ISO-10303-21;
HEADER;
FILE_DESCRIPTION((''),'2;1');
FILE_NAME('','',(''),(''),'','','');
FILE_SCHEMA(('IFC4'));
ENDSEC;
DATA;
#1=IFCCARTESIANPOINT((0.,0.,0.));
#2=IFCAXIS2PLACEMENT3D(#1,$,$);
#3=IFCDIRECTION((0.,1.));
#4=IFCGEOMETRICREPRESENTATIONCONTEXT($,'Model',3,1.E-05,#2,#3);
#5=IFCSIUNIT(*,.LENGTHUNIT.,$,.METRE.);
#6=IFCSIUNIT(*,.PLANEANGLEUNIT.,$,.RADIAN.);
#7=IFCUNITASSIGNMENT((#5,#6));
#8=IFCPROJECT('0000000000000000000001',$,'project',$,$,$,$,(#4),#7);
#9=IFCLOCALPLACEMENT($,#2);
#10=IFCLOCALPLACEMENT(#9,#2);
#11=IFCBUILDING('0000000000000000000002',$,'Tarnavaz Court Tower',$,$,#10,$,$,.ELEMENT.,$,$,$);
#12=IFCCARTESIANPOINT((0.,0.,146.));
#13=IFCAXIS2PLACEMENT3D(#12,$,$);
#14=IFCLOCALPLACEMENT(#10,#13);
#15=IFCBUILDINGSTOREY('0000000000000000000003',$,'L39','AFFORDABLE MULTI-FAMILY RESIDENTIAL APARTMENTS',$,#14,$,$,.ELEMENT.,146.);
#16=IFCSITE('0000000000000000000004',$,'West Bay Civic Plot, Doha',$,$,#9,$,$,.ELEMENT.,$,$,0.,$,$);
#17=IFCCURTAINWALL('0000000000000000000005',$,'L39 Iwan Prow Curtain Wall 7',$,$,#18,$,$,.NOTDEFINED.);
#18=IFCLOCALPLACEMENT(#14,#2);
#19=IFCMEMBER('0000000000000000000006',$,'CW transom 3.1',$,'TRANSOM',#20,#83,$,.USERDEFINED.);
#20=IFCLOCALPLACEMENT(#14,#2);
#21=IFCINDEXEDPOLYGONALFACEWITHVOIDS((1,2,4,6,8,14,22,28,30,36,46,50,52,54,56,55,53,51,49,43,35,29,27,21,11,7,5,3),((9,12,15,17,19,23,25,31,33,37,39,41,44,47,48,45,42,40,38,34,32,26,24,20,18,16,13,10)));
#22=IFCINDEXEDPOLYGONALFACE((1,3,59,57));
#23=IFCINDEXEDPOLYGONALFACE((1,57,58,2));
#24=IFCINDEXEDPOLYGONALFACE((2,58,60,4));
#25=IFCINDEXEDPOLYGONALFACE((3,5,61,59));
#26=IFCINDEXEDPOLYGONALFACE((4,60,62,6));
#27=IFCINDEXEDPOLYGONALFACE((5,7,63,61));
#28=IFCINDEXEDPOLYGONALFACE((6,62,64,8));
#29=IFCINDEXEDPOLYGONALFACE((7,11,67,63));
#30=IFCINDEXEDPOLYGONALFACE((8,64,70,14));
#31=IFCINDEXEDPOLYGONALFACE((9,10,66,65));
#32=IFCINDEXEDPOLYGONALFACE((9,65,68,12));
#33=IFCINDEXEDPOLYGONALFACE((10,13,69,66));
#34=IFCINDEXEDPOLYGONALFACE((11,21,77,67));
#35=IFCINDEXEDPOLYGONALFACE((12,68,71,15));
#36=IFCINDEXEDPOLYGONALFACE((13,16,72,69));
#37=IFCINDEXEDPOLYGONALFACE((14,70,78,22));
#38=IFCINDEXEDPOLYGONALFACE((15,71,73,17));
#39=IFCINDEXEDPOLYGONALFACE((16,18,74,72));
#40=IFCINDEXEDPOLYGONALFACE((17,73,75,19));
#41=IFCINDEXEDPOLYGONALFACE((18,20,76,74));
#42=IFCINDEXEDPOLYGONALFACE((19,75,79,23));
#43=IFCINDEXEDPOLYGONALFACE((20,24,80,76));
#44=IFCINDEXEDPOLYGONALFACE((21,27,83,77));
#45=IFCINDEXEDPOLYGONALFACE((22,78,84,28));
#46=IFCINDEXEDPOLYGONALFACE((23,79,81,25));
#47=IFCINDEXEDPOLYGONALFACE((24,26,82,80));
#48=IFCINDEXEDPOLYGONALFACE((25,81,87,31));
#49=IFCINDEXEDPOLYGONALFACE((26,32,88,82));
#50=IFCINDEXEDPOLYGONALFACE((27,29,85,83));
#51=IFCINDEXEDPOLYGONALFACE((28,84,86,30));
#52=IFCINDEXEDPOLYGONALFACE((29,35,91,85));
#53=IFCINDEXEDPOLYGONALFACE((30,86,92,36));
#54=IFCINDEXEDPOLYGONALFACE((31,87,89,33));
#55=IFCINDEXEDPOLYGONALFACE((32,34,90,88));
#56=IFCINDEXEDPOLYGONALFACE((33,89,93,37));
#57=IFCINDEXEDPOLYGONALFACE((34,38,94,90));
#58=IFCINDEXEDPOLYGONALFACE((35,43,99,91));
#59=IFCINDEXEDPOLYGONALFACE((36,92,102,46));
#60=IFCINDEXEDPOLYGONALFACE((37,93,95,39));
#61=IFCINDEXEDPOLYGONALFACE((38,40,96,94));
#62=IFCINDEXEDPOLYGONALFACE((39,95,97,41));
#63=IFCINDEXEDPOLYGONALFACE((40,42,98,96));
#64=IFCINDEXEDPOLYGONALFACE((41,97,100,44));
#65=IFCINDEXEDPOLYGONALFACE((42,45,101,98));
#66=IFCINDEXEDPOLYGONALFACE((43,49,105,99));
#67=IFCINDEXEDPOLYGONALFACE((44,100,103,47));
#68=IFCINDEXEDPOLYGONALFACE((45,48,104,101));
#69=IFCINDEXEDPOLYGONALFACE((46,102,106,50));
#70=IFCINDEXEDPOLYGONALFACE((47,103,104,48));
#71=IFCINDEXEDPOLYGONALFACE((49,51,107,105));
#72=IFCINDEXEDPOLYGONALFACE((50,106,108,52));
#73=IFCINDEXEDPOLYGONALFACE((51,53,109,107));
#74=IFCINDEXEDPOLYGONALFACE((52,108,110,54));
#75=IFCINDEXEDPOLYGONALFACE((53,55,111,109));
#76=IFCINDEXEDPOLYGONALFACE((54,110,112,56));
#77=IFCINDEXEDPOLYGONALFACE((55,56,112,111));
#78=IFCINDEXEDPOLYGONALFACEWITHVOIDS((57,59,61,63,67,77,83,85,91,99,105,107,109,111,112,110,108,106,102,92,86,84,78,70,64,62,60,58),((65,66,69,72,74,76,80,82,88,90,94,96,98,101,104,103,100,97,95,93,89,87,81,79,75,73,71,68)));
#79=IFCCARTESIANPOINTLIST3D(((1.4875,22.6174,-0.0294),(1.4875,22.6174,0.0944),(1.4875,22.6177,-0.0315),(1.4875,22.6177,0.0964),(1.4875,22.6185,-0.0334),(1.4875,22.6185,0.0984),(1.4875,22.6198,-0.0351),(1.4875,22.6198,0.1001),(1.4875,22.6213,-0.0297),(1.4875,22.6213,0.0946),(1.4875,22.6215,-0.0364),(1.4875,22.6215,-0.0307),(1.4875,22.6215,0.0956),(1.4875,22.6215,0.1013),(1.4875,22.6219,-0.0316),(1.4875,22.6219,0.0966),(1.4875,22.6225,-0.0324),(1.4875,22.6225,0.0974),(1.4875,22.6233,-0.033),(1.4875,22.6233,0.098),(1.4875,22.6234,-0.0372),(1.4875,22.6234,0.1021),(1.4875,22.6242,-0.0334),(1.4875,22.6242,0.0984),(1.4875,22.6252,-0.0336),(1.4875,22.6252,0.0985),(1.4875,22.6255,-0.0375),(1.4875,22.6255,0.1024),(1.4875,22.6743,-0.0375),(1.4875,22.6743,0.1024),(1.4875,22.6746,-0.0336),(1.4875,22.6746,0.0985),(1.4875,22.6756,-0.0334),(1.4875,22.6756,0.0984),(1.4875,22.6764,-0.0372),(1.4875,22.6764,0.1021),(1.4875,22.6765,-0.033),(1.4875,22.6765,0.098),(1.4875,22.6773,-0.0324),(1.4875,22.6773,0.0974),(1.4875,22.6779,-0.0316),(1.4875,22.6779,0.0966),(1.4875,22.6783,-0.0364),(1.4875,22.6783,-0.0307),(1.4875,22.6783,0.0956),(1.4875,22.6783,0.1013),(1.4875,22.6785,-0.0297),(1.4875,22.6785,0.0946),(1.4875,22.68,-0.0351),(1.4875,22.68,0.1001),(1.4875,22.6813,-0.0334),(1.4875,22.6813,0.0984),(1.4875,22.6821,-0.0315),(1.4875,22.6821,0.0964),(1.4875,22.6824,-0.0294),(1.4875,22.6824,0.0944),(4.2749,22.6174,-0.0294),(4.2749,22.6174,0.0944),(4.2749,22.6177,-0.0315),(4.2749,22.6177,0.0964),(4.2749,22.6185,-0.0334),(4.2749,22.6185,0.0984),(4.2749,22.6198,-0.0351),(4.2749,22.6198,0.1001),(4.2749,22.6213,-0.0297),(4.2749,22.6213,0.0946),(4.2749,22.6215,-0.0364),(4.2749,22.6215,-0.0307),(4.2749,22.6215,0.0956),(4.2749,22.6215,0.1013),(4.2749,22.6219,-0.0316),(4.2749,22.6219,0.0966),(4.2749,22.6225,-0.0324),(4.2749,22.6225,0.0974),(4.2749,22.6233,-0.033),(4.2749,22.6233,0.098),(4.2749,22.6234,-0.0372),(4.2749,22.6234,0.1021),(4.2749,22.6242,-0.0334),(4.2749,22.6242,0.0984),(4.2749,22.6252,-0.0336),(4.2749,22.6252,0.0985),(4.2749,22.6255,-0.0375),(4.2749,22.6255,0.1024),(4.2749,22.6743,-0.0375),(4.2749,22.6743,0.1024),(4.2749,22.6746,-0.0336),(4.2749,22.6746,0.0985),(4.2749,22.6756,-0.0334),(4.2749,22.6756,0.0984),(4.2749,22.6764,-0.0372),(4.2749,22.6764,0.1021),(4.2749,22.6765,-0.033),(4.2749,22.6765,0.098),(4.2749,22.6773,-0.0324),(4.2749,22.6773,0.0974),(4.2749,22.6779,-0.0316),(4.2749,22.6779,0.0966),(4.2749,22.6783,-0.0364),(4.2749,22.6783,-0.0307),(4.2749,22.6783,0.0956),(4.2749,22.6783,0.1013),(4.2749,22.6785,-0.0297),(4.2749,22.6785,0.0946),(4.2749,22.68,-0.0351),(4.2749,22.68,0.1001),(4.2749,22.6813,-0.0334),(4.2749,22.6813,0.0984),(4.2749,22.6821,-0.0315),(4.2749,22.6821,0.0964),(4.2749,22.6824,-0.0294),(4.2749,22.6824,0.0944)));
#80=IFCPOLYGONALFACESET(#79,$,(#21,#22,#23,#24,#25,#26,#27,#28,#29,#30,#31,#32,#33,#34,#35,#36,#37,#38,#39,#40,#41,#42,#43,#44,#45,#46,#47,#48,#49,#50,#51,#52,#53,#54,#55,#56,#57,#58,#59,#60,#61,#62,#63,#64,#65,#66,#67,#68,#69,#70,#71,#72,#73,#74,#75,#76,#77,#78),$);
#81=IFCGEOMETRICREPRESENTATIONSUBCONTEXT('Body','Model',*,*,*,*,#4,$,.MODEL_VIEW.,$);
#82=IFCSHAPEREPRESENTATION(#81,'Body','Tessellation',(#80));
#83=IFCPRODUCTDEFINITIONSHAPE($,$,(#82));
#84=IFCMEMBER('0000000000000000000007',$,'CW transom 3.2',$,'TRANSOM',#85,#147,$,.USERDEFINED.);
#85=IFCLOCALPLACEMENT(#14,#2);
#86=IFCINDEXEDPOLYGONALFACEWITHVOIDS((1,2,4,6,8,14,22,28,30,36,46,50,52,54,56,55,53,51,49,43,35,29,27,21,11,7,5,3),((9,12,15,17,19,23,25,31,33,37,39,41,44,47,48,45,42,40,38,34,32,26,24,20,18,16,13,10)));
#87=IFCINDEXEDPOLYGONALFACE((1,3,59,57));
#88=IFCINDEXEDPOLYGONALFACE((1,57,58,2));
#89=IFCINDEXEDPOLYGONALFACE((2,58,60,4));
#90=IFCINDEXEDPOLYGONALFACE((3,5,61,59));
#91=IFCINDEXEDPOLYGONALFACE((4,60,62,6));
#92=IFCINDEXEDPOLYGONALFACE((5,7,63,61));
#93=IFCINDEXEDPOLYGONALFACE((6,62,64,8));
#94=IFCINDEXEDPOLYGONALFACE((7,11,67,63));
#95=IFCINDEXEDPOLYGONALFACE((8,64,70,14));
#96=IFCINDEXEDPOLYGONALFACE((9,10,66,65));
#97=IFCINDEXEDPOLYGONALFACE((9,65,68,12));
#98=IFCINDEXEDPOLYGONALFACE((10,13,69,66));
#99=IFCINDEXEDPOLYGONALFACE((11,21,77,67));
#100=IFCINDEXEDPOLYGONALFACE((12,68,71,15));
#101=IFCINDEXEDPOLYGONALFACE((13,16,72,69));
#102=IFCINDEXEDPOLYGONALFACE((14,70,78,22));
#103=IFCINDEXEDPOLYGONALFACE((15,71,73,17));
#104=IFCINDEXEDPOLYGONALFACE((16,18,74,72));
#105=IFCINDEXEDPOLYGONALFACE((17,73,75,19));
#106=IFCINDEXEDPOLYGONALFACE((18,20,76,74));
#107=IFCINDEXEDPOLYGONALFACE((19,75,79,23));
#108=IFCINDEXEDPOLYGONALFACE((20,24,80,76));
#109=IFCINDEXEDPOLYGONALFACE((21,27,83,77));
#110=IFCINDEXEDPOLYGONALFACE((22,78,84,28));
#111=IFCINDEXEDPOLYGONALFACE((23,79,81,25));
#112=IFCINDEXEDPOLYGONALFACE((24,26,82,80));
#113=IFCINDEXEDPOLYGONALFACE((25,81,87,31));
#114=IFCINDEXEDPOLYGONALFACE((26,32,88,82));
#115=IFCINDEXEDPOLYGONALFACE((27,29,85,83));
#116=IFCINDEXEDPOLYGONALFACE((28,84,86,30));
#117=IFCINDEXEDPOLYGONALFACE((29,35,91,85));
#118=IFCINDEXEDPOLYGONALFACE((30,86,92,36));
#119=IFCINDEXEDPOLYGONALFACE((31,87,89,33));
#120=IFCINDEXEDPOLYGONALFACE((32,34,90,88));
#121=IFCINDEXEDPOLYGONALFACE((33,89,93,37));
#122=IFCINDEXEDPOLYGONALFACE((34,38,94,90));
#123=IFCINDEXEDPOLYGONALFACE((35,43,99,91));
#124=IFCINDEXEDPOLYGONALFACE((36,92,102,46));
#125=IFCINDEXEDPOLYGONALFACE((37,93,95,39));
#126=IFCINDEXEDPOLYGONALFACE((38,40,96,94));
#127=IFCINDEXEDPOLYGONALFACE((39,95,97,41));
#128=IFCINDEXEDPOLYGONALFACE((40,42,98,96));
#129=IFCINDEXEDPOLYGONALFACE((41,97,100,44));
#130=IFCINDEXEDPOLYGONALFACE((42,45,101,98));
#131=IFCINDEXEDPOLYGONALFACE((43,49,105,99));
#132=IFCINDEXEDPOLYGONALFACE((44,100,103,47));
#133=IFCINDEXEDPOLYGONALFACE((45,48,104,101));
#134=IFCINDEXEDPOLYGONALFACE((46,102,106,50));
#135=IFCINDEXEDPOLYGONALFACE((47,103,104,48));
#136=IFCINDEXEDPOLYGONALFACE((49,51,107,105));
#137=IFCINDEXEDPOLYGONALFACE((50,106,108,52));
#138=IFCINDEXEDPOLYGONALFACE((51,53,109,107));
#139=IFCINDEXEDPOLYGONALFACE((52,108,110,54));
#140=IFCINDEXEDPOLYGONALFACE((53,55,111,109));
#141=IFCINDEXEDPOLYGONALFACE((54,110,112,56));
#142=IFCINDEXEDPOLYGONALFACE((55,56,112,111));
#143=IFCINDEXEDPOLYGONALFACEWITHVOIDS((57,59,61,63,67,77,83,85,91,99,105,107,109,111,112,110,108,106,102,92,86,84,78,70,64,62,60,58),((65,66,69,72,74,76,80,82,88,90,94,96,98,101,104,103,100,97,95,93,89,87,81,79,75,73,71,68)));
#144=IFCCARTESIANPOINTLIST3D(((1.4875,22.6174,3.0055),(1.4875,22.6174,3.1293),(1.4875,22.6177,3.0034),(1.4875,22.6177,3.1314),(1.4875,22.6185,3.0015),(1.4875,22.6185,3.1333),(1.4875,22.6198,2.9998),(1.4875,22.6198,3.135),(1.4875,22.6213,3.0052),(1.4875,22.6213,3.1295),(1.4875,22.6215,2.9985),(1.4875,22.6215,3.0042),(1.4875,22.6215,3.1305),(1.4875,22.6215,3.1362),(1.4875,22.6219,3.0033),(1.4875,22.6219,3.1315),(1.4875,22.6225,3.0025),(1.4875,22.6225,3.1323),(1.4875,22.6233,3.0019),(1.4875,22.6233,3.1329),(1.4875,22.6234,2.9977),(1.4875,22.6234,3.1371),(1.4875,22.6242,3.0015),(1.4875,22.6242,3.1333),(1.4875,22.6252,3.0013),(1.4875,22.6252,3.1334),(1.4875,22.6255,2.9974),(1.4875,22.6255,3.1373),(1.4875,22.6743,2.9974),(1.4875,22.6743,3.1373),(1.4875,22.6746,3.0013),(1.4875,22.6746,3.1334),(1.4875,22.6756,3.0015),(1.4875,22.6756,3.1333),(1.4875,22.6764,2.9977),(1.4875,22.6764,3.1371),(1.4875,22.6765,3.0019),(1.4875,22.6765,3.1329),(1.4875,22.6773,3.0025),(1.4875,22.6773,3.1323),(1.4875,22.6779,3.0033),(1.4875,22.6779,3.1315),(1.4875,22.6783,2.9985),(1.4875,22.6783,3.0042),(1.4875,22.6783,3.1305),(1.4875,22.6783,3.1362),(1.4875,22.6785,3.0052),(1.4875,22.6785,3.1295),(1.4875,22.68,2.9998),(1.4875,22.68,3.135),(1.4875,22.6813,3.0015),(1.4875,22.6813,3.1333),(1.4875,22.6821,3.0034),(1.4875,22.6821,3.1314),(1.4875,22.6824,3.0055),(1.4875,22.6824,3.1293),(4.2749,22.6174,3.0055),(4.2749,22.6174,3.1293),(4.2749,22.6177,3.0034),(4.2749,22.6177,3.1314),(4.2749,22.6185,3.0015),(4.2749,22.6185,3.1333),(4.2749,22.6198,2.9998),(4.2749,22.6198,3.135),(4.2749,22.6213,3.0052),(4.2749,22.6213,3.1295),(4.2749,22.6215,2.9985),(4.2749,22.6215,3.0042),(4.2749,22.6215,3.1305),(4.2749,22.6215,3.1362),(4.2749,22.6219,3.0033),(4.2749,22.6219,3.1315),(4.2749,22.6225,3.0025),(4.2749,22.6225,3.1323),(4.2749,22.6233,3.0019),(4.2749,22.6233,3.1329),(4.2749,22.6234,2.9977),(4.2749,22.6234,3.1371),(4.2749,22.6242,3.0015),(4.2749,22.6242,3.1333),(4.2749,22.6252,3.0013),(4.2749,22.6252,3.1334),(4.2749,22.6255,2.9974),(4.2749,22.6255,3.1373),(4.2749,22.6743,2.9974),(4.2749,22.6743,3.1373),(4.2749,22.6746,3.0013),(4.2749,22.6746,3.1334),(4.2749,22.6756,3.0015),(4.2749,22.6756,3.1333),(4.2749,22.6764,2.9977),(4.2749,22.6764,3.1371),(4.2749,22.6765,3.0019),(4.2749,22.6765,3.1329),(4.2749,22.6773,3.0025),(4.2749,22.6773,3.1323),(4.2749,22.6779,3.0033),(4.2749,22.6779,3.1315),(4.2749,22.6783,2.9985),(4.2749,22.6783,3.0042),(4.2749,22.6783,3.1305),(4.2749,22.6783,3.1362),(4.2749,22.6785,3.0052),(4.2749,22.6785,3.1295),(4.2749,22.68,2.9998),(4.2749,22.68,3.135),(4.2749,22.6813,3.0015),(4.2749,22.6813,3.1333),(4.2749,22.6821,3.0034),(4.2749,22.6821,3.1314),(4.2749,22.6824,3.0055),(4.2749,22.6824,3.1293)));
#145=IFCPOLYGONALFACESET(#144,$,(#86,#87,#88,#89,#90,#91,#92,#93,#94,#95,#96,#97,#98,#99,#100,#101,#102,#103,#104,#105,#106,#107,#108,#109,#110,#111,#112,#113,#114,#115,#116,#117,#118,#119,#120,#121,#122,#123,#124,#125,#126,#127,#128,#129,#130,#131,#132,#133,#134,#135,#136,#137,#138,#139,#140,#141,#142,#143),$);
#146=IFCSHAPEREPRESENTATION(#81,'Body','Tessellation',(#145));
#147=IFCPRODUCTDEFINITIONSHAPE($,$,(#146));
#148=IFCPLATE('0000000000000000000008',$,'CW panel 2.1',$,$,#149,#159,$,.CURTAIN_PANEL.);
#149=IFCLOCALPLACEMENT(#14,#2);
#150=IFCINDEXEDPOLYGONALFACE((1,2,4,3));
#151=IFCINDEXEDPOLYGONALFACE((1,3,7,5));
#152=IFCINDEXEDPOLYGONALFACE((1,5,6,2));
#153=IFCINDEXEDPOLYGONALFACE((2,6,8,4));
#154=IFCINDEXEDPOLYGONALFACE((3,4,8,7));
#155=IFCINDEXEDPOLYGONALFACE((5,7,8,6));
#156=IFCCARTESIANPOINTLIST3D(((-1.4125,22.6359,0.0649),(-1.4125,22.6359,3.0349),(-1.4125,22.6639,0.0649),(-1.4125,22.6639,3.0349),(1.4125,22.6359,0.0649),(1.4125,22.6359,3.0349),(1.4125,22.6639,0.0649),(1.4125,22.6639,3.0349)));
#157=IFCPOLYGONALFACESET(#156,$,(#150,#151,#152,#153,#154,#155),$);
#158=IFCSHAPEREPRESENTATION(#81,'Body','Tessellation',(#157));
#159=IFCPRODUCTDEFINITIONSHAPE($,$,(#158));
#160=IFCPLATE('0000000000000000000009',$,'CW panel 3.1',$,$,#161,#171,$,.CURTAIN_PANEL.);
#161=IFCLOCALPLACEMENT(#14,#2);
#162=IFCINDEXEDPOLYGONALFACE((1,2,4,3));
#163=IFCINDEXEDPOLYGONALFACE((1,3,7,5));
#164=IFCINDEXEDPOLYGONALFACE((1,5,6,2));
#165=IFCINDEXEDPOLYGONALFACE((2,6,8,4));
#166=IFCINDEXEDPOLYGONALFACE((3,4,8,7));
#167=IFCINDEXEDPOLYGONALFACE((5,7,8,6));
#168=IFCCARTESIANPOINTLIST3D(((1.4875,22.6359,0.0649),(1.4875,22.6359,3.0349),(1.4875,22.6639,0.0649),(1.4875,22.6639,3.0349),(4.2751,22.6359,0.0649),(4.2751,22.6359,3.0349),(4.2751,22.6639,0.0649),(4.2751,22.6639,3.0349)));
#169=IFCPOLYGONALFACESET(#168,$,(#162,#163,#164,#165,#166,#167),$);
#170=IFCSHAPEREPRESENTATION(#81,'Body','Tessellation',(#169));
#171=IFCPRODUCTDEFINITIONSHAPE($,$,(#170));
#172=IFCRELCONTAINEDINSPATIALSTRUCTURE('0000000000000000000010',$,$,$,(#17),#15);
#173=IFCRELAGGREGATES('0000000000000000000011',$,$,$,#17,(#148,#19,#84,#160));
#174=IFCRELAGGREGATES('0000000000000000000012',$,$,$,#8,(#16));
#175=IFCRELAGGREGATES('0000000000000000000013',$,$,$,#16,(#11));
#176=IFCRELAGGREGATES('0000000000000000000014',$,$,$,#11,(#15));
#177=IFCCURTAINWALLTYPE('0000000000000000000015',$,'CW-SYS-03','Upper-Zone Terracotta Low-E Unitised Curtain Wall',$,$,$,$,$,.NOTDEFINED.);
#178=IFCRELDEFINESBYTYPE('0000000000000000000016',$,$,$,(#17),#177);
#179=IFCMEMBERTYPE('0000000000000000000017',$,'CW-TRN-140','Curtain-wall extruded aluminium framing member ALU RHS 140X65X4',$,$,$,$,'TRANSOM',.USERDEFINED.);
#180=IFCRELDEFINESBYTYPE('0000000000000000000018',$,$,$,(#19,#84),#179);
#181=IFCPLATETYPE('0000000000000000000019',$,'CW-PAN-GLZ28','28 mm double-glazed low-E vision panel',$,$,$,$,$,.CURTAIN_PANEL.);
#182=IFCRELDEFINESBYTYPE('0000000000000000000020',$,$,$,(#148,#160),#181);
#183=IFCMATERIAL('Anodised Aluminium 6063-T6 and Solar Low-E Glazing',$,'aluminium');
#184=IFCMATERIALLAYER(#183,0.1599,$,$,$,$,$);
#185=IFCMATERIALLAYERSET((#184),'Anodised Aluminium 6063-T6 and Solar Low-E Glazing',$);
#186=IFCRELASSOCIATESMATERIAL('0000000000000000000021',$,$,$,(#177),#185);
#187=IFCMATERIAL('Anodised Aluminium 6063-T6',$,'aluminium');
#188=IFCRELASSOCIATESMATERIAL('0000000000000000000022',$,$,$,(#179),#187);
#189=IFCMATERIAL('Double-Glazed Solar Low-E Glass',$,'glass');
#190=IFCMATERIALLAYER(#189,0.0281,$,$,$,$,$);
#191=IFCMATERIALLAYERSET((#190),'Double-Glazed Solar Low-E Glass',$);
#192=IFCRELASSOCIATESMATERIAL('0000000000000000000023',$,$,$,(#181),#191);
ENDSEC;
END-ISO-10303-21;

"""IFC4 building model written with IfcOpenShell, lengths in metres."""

from ifc_helpers import new_model, si_unit, direction, frame, origin, origin_2d, place, context, subcontext, project, spatial, rectangle, hollow_rectangle, extrude, material, layer, layer_set, material_profile, profile_set, type_object, element, aggregate, save


model = new_model("IFC4")

# Units and contexts
model_context = context("Model", 3, precision=1e-05, world=origin(), true_north=direction((0.0, 1.0)))
body_context = subcontext(model_context, "Body", "Model", "MODEL_VIEW")
ifc_project = project(units=[si_unit("LENGTHUNIT", "METRE"), si_unit("PLANEANGLEUNIT", "RADIAN")], contexts=[model_context])

# Site, building, storey
site_placement = place(None, origin())
site = spatial("IfcSite", under=ifc_project, at=site_placement, Name="West Bay Civic Plot, Doha", CompositionType="ELEMENT", RefElevation=0.0)
building_placement = place(site_placement, origin())
building = spatial("IfcBuilding", under=site, at=building_placement, Name="Tarnavaz Court Tower", CompositionType="ELEMENT")
storey_placement = place(building_placement, frame((0.0, 0.0, 146.0)))
storey = spatial("IfcBuildingStorey", under=building, at=storey_placement, Name="L39", Description="AFFORDABLE MULTI-FAMILY RESIDENTIAL APARTMENTS", CompositionType="ELEMENT", Elevation=146.0)

# Curtain wall, members, plates
ifc_material_1 = material(Name="Anodised Aluminium 6063-T6 and Solar Low-E Glazing", Category="aluminium")
ifc_layer_1 = layer(ifc_material_1, 0.1599)
ifc_layer_set_1 = layer_set([ifc_layer_1], Name="Anodised Aluminium 6063-T6 and Solar Low-E Glazing")
curtain_wall_type = type_object("IfcCurtainWallType", Name="CW-SYS-03", Description="Upper-Zone Terracotta Low-E Unitised Curtain Wall", PredefinedType="NOTDEFINED", material=ifc_layer_set_1)
curtain_wall_placement = place(storey_placement, origin())
curtain_wall = element("IfcCurtainWall", 1, at=curtain_wall_placement, inside=storey, type_object=curtain_wall_type, Name="L39 Iwan Prow Curtain Wall 7", PredefinedType="NOTDEFINED")
ifc_material_2 = material(Name="Anodised Aluminium 6063-T6", Category="aluminium")
ifc_material_profile_1 = material_profile(ifc_material_2, hollow_rectangle(XDim=0.0649, YDim=0.1399, WallThickness=0.0039, InnerFilletRadius=0.0039, OuterFilletRadius=0.0081, at=origin_2d()), Name="ALU RHS 140X65X4")
ifc_profile_set_1 = profile_set([ifc_material_profile_1], Name="Anodised Aluminium 6063-T6")
member_type_1 = type_object("IfcMemberType", Name="CW-TRN-140", Description="Curtain-wall extruded aluminium framing member ALU RHS 140X65X4", ElementType="TRANSOM", PredefinedType="USERDEFINED", material=ifc_profile_set_1)
member_1_placement = place(storey_placement, frame((1.4875, 22.6499, 0.0325), z_axis=(1.0, 0.0, 0.0), x_axis=(0.0, 1.0, 0.0)))
member_1 = element("IfcMember", 2, at=member_1_placement, type_object=member_type_1, Name="CW transom 3.1", ObjectType="TRANSOM", PredefinedType="USERDEFINED", context=body_context, shape_type="SweptSolid", body=[
    extrude(hollow_rectangle(XDim=0.0649, YDim=0.1399, WallThickness=0.0039, InnerFilletRadius=0.0039, OuterFilletRadius=0.0081, at=origin_2d()), origin(), (0.0, 0.0, 1.0), 2.7874),
])
member_2_placement = place(storey_placement, frame((1.4875, 22.6499, 3.0674), z_axis=(1.0, 0.0, 0.0), x_axis=(0.0, 1.0, 0.0)))
member_2 = element("IfcMember", 3, at=member_2_placement, type_object=member_type_1, Name="CW transom 3.2", ObjectType="TRANSOM", PredefinedType="USERDEFINED", context=body_context, shape_type="SweptSolid", body=[
    extrude(hollow_rectangle(XDim=0.0649, YDim=0.1399, WallThickness=0.0039, InnerFilletRadius=0.0039, OuterFilletRadius=0.0081, at=origin_2d()), origin(), (0.0, 0.0, 1.0), 2.7874),
])
ifc_material_3 = material(Name="Double-Glazed Solar Low-E Glass", Category="glass")
ifc_layer_2 = layer(ifc_material_3, 0.0281)
ifc_layer_set_2 = layer_set([ifc_layer_2], Name="Double-Glazed Solar Low-E Glass")
plate_type = type_object("IfcPlateType", Name="CW-PAN-GLZ28", Description="28 mm double-glazed low-E vision panel", PredefinedType="CURTAIN_PANEL", material=ifc_layer_set_2)
plate_1_placement = place(storey_placement, frame((0.0, 22.6499, 0.0649), z_axis=(0.0, 0.0, 1.0), x_axis=(1.0, 0.0, 0.0)))
plate_1 = element("IfcPlate", 4, at=plate_1_placement, type_object=plate_type, Name="CW panel 2.1", PredefinedType="CURTAIN_PANEL", context=body_context, shape_type="SweptSolid", body=[
    extrude(rectangle(XDim=2.825, YDim=0.0281, at=origin_2d()), origin(), (0.0, 0.0, 1.0), 2.97),
])
plate_2_placement = place(storey_placement, frame((2.8813, 22.6499, 0.0649), z_axis=(0.0, 0.0, 1.0), x_axis=(1.0, 0.0, 0.0)))
plate_2 = element("IfcPlate", 5, at=plate_2_placement, type_object=plate_type, Name="CW panel 3.1", PredefinedType="CURTAIN_PANEL", context=body_context, shape_type="SweptSolid", body=[
    extrude(rectangle(XDim=2.7876, YDim=0.0281, at=origin_2d()), origin(), (0.0, 0.0, 1.0), 2.97),
])
aggregate(curtain_wall, [plate_1, member_1, member_2, plate_2])

save(model, "model.ifc")
